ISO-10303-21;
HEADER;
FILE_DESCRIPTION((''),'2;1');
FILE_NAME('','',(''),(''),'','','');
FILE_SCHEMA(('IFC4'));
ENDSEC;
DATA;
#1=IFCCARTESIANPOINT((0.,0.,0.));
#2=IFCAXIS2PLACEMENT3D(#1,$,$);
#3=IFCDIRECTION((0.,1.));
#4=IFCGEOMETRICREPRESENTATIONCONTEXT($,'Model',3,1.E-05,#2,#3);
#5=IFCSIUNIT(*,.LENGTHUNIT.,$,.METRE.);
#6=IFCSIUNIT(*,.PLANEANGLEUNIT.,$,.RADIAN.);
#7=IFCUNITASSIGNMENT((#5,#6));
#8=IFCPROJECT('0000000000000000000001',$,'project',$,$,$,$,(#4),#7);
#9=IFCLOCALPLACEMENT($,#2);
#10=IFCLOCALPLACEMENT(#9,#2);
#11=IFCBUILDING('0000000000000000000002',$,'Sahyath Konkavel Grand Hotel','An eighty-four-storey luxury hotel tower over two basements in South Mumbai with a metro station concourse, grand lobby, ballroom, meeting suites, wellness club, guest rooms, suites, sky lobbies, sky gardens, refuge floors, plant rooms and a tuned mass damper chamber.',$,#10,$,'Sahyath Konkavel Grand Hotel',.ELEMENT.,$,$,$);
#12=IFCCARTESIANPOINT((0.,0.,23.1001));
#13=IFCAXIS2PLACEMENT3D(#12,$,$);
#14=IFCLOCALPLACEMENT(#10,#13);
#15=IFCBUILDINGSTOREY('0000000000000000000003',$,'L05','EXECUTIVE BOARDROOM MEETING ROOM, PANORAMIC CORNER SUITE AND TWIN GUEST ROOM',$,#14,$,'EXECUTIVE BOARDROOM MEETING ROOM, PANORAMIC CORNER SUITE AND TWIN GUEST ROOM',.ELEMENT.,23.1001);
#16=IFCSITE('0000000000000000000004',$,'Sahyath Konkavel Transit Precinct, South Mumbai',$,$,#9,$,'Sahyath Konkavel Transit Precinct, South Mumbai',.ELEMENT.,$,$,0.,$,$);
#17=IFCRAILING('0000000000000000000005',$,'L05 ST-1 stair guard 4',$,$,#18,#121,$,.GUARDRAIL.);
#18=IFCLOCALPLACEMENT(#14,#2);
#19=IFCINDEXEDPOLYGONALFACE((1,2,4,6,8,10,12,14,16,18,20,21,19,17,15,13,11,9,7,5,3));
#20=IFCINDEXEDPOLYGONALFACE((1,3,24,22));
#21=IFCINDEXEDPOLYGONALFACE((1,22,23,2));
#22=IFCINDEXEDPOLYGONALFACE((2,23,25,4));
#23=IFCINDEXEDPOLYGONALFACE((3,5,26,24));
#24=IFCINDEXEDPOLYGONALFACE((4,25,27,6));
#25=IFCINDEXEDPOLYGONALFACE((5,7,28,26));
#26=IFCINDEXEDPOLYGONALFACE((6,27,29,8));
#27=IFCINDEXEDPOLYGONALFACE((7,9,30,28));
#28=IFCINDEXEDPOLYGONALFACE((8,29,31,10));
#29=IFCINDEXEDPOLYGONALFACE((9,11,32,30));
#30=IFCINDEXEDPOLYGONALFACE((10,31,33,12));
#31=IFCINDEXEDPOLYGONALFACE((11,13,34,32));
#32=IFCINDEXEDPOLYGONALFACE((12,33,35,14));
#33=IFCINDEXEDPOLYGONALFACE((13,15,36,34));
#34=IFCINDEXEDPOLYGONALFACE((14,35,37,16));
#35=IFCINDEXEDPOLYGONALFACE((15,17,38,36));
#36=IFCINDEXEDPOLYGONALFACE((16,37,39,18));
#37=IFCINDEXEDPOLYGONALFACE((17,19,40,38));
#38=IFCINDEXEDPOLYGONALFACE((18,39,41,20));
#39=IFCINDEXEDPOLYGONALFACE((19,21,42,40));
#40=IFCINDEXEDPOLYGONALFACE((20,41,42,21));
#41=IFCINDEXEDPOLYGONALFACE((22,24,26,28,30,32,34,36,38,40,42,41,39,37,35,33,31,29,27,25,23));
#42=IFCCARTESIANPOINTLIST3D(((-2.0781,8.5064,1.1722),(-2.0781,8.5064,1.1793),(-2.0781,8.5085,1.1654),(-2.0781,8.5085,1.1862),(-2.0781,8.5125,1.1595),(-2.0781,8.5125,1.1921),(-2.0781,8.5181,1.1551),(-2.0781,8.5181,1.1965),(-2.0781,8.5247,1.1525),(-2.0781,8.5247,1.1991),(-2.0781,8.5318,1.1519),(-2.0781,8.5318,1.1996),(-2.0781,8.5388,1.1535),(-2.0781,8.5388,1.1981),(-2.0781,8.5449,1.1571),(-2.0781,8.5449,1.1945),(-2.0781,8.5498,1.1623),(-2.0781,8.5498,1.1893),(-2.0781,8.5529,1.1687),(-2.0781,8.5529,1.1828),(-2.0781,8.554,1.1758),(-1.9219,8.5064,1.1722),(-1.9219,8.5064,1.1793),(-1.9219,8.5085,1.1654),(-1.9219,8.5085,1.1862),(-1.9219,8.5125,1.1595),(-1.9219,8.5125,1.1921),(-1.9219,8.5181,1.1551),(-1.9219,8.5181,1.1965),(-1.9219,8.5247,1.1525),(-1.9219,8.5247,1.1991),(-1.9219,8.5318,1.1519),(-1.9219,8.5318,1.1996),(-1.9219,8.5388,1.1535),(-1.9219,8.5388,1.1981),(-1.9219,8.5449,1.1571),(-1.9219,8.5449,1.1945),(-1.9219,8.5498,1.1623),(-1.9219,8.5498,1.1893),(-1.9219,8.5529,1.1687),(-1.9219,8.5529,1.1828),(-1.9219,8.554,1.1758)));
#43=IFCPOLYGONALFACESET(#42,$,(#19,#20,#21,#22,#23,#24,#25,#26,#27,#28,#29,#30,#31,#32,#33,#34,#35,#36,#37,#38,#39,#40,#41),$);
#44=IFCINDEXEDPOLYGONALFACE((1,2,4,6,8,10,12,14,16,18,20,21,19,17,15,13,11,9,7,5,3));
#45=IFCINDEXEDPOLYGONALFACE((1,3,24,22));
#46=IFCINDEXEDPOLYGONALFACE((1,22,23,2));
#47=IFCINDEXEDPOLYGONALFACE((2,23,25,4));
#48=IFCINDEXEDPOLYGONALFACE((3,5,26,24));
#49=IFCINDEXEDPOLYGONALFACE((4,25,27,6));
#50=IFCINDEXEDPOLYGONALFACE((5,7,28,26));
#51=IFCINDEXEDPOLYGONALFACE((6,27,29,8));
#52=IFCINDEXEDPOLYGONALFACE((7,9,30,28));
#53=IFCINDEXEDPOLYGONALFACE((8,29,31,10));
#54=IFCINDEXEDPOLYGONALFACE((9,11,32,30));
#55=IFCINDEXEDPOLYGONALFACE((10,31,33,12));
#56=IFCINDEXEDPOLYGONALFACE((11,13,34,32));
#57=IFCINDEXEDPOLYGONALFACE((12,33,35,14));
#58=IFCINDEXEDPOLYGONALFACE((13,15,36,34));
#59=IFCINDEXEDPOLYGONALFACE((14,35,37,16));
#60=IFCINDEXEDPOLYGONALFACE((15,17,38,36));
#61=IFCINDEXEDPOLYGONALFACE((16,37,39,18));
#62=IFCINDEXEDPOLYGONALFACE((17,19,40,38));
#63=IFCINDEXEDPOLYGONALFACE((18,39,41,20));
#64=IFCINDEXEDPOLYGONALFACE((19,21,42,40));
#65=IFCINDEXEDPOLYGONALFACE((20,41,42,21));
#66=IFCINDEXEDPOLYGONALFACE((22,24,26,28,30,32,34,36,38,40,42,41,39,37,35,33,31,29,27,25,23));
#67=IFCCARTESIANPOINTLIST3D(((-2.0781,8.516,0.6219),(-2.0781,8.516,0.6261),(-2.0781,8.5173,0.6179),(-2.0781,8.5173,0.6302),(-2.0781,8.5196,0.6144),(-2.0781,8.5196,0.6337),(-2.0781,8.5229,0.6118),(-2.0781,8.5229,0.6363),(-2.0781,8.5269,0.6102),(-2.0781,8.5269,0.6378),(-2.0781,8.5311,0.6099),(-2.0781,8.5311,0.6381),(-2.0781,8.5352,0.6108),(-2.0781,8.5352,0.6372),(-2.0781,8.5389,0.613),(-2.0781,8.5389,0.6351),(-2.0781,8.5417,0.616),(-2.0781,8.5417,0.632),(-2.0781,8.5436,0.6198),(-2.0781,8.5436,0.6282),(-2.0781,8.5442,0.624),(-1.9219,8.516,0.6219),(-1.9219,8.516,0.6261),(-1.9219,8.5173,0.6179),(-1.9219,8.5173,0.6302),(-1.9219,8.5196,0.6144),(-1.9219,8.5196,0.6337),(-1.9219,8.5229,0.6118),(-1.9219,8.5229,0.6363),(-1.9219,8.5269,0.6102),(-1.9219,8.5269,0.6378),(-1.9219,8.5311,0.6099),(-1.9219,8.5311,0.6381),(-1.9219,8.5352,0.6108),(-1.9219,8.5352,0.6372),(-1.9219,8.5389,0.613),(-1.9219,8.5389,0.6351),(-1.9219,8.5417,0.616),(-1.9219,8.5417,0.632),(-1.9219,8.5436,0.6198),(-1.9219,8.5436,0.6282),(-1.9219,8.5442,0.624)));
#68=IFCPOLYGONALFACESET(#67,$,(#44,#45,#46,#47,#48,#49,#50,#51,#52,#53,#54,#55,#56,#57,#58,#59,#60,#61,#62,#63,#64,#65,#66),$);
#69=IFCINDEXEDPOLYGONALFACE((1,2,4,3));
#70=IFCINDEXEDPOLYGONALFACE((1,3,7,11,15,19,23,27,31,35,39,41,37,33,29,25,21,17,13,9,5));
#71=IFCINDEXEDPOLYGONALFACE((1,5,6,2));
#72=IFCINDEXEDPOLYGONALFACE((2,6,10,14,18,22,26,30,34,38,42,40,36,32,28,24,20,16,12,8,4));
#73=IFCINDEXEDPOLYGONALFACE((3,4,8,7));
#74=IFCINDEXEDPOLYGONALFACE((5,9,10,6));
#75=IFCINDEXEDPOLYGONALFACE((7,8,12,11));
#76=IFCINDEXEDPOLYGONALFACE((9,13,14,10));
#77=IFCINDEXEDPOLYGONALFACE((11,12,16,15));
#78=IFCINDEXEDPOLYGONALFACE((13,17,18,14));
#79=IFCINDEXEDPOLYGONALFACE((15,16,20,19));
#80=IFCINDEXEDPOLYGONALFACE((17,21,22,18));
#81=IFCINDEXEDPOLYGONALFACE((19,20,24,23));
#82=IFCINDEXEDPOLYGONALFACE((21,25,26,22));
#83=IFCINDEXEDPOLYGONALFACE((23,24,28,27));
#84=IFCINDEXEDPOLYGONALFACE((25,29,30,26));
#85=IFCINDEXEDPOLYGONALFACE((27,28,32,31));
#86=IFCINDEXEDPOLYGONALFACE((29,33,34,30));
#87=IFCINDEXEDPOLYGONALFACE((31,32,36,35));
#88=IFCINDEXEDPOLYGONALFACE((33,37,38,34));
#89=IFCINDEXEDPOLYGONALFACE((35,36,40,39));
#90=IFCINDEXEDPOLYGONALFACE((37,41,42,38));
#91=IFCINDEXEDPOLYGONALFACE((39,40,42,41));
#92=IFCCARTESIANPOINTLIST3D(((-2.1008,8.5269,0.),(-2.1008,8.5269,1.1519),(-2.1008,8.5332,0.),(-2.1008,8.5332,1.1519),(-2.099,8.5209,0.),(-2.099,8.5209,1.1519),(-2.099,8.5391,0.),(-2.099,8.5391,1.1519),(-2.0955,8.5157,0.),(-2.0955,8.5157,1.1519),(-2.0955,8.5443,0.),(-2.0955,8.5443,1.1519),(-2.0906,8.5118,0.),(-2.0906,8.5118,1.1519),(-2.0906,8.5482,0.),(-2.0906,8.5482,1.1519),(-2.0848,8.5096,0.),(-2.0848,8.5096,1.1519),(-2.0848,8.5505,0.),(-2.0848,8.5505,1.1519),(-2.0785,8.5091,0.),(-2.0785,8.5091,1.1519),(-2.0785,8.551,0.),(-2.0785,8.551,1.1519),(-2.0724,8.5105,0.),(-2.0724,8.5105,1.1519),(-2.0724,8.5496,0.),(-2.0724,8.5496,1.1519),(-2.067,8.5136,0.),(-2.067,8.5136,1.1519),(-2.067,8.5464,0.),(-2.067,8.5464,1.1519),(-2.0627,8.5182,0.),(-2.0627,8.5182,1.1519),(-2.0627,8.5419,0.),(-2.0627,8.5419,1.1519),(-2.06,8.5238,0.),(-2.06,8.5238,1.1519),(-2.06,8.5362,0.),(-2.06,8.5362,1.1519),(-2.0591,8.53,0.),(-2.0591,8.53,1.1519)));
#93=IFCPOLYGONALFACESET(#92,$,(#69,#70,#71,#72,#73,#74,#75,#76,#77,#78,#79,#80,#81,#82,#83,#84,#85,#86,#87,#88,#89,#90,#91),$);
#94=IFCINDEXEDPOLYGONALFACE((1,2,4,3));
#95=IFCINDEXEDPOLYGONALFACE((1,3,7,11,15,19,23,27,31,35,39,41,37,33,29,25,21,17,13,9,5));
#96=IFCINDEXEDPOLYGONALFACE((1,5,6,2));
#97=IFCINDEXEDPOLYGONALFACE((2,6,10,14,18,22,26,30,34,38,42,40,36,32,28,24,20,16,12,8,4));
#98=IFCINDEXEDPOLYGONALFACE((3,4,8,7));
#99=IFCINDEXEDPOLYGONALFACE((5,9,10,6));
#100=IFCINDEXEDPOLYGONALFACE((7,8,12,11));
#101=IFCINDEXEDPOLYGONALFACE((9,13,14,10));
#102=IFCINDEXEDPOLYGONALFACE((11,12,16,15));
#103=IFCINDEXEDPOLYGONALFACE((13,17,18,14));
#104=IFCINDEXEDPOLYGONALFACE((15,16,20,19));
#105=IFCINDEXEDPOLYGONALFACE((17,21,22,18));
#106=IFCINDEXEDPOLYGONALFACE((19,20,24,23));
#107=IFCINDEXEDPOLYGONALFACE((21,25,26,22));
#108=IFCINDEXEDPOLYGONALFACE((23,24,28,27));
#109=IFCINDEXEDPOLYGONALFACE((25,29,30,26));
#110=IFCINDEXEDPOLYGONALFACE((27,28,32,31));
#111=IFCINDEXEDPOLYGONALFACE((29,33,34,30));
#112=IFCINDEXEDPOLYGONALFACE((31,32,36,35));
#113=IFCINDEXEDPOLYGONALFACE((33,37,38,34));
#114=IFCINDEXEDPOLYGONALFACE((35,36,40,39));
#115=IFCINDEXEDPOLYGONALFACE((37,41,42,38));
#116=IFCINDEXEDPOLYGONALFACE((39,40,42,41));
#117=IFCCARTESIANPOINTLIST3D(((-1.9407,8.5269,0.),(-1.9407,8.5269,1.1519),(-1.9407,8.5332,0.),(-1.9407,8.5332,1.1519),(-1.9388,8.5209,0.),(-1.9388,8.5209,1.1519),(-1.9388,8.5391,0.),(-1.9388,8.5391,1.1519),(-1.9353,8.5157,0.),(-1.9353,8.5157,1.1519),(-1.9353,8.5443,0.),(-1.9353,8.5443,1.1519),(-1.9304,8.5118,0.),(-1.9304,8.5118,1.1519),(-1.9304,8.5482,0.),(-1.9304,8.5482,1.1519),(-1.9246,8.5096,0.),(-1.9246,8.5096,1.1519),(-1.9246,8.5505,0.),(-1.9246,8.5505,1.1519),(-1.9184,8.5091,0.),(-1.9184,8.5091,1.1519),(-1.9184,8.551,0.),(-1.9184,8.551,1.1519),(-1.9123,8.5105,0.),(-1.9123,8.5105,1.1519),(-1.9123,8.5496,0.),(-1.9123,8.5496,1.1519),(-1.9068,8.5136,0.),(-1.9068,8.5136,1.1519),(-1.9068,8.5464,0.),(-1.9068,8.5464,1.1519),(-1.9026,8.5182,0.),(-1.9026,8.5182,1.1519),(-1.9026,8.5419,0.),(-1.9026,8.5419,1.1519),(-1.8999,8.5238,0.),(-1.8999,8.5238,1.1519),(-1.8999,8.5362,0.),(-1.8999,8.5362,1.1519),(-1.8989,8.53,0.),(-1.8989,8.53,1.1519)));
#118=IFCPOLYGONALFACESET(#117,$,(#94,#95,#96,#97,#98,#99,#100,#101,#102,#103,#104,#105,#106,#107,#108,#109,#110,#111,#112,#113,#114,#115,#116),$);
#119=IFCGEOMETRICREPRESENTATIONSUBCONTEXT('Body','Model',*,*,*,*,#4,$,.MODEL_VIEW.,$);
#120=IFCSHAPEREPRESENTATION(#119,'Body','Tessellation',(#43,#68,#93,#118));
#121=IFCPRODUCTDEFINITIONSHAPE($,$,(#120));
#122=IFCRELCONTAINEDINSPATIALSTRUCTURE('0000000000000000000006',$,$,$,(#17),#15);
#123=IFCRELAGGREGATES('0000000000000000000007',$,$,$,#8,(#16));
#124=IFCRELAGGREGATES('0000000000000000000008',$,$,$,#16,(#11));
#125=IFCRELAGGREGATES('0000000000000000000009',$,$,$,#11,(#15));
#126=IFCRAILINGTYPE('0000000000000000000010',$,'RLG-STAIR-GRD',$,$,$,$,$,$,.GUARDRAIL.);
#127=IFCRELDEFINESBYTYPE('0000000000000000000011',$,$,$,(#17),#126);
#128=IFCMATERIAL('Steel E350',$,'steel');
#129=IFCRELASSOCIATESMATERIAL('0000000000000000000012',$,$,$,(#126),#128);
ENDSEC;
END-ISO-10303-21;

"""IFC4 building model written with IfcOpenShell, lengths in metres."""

from ifc_helpers import new_model, si_unit, direction, frame, origin, origin_2d, place, context, subcontext, project, spatial, circle, extrude, material, type_object, element, save


model = new_model("IFC4")

# Units and contexts
model_context = context("Model", 3, precision=1e-05, world=origin(), true_north=direction((0.0, 1.0)))
body_context = subcontext(model_context, "Body", "Model", "MODEL_VIEW")
ifc_project = project(units=[si_unit("LENGTHUNIT", "METRE"), si_unit("PLANEANGLEUNIT", "RADIAN")], contexts=[model_context])

# Site, building, storey
site_placement = place(None, origin())
site = spatial("IfcSite", under=ifc_project, at=site_placement, Name="Sahyath Konkavel Transit Precinct, South Mumbai", LongName="Sahyath Konkavel Transit Precinct, South Mumbai", CompositionType="ELEMENT", RefElevation=0.0)
building_placement = place(site_placement, origin())
building = spatial("IfcBuilding", under=site, at=building_placement, Name="Sahyath Konkavel Grand Hotel", Description="An eighty-four-storey luxury hotel tower over two basements in South Mumbai with a metro station concourse, grand lobby, ballroom, meeting suites, wellness club, guest rooms, suites, sky lobbies, sky gardens, refuge floors, plant rooms and a tuned mass damper chamber.", LongName="Sahyath Konkavel Grand Hotel", CompositionType="ELEMENT")
storey_placement = place(building_placement, frame((0.0, 0.0, 23.1001)))
storey = spatial("IfcBuildingStorey", under=building, at=storey_placement, Name="L05", Description="EXECUTIVE BOARDROOM MEETING ROOM, PANORAMIC CORNER SUITE AND TWIN GUEST ROOM", LongName="EXECUTIVE BOARDROOM MEETING ROOM, PANORAMIC CORNER SUITE AND TWIN GUEST ROOM", CompositionType="ELEMENT", Elevation=23.1001)

# Railing
ifc_material_1 = material(Name="Steel E350", Category="steel")
railing_type_1 = type_object("IfcRailingType", Name="RLG-STAIR-GRD", PredefinedType="GUARDRAIL", material=ifc_material_1)
railing_1_placement = place(storey_placement, frame((-2.0801, 8.53, 0.0)))
element("IfcRailing", 1, at=railing_1_placement, inside=storey, type_object=railing_type_1, Name="L05 ST-1 stair guard 4", PredefinedType="GUARDRAIL", context=body_context, shape_type="SweptSolid", body=[
    extrude(circle(Radius=0.0239, at=origin_2d()), frame((0.002, 0.0, 1.1758), z_axis=(1.0, 0.0, 0.0), x_axis=(0.0, 1.0, 0.0)), (0.0, 0.0, 1.0), 0.1562),
    extrude(circle(Radius=0.0142, at=origin_2d()), frame((0.002, 0.0, 0.624), z_axis=(1.0, 0.0, 0.0), x_axis=(0.0, 1.0, 0.0)), (0.0, 0.0, 1.0), 0.1562),
    extrude(circle(Radius=0.021, at=origin_2d()), origin(), (0.0, 0.0, 1.0), 1.1519),
    extrude(circle(Radius=0.021, at=origin_2d()), frame((0.1602, 0.0, 0.0)), (0.0, 0.0, 1.0), 1.1519),
])

save(model, "model.ifc")
